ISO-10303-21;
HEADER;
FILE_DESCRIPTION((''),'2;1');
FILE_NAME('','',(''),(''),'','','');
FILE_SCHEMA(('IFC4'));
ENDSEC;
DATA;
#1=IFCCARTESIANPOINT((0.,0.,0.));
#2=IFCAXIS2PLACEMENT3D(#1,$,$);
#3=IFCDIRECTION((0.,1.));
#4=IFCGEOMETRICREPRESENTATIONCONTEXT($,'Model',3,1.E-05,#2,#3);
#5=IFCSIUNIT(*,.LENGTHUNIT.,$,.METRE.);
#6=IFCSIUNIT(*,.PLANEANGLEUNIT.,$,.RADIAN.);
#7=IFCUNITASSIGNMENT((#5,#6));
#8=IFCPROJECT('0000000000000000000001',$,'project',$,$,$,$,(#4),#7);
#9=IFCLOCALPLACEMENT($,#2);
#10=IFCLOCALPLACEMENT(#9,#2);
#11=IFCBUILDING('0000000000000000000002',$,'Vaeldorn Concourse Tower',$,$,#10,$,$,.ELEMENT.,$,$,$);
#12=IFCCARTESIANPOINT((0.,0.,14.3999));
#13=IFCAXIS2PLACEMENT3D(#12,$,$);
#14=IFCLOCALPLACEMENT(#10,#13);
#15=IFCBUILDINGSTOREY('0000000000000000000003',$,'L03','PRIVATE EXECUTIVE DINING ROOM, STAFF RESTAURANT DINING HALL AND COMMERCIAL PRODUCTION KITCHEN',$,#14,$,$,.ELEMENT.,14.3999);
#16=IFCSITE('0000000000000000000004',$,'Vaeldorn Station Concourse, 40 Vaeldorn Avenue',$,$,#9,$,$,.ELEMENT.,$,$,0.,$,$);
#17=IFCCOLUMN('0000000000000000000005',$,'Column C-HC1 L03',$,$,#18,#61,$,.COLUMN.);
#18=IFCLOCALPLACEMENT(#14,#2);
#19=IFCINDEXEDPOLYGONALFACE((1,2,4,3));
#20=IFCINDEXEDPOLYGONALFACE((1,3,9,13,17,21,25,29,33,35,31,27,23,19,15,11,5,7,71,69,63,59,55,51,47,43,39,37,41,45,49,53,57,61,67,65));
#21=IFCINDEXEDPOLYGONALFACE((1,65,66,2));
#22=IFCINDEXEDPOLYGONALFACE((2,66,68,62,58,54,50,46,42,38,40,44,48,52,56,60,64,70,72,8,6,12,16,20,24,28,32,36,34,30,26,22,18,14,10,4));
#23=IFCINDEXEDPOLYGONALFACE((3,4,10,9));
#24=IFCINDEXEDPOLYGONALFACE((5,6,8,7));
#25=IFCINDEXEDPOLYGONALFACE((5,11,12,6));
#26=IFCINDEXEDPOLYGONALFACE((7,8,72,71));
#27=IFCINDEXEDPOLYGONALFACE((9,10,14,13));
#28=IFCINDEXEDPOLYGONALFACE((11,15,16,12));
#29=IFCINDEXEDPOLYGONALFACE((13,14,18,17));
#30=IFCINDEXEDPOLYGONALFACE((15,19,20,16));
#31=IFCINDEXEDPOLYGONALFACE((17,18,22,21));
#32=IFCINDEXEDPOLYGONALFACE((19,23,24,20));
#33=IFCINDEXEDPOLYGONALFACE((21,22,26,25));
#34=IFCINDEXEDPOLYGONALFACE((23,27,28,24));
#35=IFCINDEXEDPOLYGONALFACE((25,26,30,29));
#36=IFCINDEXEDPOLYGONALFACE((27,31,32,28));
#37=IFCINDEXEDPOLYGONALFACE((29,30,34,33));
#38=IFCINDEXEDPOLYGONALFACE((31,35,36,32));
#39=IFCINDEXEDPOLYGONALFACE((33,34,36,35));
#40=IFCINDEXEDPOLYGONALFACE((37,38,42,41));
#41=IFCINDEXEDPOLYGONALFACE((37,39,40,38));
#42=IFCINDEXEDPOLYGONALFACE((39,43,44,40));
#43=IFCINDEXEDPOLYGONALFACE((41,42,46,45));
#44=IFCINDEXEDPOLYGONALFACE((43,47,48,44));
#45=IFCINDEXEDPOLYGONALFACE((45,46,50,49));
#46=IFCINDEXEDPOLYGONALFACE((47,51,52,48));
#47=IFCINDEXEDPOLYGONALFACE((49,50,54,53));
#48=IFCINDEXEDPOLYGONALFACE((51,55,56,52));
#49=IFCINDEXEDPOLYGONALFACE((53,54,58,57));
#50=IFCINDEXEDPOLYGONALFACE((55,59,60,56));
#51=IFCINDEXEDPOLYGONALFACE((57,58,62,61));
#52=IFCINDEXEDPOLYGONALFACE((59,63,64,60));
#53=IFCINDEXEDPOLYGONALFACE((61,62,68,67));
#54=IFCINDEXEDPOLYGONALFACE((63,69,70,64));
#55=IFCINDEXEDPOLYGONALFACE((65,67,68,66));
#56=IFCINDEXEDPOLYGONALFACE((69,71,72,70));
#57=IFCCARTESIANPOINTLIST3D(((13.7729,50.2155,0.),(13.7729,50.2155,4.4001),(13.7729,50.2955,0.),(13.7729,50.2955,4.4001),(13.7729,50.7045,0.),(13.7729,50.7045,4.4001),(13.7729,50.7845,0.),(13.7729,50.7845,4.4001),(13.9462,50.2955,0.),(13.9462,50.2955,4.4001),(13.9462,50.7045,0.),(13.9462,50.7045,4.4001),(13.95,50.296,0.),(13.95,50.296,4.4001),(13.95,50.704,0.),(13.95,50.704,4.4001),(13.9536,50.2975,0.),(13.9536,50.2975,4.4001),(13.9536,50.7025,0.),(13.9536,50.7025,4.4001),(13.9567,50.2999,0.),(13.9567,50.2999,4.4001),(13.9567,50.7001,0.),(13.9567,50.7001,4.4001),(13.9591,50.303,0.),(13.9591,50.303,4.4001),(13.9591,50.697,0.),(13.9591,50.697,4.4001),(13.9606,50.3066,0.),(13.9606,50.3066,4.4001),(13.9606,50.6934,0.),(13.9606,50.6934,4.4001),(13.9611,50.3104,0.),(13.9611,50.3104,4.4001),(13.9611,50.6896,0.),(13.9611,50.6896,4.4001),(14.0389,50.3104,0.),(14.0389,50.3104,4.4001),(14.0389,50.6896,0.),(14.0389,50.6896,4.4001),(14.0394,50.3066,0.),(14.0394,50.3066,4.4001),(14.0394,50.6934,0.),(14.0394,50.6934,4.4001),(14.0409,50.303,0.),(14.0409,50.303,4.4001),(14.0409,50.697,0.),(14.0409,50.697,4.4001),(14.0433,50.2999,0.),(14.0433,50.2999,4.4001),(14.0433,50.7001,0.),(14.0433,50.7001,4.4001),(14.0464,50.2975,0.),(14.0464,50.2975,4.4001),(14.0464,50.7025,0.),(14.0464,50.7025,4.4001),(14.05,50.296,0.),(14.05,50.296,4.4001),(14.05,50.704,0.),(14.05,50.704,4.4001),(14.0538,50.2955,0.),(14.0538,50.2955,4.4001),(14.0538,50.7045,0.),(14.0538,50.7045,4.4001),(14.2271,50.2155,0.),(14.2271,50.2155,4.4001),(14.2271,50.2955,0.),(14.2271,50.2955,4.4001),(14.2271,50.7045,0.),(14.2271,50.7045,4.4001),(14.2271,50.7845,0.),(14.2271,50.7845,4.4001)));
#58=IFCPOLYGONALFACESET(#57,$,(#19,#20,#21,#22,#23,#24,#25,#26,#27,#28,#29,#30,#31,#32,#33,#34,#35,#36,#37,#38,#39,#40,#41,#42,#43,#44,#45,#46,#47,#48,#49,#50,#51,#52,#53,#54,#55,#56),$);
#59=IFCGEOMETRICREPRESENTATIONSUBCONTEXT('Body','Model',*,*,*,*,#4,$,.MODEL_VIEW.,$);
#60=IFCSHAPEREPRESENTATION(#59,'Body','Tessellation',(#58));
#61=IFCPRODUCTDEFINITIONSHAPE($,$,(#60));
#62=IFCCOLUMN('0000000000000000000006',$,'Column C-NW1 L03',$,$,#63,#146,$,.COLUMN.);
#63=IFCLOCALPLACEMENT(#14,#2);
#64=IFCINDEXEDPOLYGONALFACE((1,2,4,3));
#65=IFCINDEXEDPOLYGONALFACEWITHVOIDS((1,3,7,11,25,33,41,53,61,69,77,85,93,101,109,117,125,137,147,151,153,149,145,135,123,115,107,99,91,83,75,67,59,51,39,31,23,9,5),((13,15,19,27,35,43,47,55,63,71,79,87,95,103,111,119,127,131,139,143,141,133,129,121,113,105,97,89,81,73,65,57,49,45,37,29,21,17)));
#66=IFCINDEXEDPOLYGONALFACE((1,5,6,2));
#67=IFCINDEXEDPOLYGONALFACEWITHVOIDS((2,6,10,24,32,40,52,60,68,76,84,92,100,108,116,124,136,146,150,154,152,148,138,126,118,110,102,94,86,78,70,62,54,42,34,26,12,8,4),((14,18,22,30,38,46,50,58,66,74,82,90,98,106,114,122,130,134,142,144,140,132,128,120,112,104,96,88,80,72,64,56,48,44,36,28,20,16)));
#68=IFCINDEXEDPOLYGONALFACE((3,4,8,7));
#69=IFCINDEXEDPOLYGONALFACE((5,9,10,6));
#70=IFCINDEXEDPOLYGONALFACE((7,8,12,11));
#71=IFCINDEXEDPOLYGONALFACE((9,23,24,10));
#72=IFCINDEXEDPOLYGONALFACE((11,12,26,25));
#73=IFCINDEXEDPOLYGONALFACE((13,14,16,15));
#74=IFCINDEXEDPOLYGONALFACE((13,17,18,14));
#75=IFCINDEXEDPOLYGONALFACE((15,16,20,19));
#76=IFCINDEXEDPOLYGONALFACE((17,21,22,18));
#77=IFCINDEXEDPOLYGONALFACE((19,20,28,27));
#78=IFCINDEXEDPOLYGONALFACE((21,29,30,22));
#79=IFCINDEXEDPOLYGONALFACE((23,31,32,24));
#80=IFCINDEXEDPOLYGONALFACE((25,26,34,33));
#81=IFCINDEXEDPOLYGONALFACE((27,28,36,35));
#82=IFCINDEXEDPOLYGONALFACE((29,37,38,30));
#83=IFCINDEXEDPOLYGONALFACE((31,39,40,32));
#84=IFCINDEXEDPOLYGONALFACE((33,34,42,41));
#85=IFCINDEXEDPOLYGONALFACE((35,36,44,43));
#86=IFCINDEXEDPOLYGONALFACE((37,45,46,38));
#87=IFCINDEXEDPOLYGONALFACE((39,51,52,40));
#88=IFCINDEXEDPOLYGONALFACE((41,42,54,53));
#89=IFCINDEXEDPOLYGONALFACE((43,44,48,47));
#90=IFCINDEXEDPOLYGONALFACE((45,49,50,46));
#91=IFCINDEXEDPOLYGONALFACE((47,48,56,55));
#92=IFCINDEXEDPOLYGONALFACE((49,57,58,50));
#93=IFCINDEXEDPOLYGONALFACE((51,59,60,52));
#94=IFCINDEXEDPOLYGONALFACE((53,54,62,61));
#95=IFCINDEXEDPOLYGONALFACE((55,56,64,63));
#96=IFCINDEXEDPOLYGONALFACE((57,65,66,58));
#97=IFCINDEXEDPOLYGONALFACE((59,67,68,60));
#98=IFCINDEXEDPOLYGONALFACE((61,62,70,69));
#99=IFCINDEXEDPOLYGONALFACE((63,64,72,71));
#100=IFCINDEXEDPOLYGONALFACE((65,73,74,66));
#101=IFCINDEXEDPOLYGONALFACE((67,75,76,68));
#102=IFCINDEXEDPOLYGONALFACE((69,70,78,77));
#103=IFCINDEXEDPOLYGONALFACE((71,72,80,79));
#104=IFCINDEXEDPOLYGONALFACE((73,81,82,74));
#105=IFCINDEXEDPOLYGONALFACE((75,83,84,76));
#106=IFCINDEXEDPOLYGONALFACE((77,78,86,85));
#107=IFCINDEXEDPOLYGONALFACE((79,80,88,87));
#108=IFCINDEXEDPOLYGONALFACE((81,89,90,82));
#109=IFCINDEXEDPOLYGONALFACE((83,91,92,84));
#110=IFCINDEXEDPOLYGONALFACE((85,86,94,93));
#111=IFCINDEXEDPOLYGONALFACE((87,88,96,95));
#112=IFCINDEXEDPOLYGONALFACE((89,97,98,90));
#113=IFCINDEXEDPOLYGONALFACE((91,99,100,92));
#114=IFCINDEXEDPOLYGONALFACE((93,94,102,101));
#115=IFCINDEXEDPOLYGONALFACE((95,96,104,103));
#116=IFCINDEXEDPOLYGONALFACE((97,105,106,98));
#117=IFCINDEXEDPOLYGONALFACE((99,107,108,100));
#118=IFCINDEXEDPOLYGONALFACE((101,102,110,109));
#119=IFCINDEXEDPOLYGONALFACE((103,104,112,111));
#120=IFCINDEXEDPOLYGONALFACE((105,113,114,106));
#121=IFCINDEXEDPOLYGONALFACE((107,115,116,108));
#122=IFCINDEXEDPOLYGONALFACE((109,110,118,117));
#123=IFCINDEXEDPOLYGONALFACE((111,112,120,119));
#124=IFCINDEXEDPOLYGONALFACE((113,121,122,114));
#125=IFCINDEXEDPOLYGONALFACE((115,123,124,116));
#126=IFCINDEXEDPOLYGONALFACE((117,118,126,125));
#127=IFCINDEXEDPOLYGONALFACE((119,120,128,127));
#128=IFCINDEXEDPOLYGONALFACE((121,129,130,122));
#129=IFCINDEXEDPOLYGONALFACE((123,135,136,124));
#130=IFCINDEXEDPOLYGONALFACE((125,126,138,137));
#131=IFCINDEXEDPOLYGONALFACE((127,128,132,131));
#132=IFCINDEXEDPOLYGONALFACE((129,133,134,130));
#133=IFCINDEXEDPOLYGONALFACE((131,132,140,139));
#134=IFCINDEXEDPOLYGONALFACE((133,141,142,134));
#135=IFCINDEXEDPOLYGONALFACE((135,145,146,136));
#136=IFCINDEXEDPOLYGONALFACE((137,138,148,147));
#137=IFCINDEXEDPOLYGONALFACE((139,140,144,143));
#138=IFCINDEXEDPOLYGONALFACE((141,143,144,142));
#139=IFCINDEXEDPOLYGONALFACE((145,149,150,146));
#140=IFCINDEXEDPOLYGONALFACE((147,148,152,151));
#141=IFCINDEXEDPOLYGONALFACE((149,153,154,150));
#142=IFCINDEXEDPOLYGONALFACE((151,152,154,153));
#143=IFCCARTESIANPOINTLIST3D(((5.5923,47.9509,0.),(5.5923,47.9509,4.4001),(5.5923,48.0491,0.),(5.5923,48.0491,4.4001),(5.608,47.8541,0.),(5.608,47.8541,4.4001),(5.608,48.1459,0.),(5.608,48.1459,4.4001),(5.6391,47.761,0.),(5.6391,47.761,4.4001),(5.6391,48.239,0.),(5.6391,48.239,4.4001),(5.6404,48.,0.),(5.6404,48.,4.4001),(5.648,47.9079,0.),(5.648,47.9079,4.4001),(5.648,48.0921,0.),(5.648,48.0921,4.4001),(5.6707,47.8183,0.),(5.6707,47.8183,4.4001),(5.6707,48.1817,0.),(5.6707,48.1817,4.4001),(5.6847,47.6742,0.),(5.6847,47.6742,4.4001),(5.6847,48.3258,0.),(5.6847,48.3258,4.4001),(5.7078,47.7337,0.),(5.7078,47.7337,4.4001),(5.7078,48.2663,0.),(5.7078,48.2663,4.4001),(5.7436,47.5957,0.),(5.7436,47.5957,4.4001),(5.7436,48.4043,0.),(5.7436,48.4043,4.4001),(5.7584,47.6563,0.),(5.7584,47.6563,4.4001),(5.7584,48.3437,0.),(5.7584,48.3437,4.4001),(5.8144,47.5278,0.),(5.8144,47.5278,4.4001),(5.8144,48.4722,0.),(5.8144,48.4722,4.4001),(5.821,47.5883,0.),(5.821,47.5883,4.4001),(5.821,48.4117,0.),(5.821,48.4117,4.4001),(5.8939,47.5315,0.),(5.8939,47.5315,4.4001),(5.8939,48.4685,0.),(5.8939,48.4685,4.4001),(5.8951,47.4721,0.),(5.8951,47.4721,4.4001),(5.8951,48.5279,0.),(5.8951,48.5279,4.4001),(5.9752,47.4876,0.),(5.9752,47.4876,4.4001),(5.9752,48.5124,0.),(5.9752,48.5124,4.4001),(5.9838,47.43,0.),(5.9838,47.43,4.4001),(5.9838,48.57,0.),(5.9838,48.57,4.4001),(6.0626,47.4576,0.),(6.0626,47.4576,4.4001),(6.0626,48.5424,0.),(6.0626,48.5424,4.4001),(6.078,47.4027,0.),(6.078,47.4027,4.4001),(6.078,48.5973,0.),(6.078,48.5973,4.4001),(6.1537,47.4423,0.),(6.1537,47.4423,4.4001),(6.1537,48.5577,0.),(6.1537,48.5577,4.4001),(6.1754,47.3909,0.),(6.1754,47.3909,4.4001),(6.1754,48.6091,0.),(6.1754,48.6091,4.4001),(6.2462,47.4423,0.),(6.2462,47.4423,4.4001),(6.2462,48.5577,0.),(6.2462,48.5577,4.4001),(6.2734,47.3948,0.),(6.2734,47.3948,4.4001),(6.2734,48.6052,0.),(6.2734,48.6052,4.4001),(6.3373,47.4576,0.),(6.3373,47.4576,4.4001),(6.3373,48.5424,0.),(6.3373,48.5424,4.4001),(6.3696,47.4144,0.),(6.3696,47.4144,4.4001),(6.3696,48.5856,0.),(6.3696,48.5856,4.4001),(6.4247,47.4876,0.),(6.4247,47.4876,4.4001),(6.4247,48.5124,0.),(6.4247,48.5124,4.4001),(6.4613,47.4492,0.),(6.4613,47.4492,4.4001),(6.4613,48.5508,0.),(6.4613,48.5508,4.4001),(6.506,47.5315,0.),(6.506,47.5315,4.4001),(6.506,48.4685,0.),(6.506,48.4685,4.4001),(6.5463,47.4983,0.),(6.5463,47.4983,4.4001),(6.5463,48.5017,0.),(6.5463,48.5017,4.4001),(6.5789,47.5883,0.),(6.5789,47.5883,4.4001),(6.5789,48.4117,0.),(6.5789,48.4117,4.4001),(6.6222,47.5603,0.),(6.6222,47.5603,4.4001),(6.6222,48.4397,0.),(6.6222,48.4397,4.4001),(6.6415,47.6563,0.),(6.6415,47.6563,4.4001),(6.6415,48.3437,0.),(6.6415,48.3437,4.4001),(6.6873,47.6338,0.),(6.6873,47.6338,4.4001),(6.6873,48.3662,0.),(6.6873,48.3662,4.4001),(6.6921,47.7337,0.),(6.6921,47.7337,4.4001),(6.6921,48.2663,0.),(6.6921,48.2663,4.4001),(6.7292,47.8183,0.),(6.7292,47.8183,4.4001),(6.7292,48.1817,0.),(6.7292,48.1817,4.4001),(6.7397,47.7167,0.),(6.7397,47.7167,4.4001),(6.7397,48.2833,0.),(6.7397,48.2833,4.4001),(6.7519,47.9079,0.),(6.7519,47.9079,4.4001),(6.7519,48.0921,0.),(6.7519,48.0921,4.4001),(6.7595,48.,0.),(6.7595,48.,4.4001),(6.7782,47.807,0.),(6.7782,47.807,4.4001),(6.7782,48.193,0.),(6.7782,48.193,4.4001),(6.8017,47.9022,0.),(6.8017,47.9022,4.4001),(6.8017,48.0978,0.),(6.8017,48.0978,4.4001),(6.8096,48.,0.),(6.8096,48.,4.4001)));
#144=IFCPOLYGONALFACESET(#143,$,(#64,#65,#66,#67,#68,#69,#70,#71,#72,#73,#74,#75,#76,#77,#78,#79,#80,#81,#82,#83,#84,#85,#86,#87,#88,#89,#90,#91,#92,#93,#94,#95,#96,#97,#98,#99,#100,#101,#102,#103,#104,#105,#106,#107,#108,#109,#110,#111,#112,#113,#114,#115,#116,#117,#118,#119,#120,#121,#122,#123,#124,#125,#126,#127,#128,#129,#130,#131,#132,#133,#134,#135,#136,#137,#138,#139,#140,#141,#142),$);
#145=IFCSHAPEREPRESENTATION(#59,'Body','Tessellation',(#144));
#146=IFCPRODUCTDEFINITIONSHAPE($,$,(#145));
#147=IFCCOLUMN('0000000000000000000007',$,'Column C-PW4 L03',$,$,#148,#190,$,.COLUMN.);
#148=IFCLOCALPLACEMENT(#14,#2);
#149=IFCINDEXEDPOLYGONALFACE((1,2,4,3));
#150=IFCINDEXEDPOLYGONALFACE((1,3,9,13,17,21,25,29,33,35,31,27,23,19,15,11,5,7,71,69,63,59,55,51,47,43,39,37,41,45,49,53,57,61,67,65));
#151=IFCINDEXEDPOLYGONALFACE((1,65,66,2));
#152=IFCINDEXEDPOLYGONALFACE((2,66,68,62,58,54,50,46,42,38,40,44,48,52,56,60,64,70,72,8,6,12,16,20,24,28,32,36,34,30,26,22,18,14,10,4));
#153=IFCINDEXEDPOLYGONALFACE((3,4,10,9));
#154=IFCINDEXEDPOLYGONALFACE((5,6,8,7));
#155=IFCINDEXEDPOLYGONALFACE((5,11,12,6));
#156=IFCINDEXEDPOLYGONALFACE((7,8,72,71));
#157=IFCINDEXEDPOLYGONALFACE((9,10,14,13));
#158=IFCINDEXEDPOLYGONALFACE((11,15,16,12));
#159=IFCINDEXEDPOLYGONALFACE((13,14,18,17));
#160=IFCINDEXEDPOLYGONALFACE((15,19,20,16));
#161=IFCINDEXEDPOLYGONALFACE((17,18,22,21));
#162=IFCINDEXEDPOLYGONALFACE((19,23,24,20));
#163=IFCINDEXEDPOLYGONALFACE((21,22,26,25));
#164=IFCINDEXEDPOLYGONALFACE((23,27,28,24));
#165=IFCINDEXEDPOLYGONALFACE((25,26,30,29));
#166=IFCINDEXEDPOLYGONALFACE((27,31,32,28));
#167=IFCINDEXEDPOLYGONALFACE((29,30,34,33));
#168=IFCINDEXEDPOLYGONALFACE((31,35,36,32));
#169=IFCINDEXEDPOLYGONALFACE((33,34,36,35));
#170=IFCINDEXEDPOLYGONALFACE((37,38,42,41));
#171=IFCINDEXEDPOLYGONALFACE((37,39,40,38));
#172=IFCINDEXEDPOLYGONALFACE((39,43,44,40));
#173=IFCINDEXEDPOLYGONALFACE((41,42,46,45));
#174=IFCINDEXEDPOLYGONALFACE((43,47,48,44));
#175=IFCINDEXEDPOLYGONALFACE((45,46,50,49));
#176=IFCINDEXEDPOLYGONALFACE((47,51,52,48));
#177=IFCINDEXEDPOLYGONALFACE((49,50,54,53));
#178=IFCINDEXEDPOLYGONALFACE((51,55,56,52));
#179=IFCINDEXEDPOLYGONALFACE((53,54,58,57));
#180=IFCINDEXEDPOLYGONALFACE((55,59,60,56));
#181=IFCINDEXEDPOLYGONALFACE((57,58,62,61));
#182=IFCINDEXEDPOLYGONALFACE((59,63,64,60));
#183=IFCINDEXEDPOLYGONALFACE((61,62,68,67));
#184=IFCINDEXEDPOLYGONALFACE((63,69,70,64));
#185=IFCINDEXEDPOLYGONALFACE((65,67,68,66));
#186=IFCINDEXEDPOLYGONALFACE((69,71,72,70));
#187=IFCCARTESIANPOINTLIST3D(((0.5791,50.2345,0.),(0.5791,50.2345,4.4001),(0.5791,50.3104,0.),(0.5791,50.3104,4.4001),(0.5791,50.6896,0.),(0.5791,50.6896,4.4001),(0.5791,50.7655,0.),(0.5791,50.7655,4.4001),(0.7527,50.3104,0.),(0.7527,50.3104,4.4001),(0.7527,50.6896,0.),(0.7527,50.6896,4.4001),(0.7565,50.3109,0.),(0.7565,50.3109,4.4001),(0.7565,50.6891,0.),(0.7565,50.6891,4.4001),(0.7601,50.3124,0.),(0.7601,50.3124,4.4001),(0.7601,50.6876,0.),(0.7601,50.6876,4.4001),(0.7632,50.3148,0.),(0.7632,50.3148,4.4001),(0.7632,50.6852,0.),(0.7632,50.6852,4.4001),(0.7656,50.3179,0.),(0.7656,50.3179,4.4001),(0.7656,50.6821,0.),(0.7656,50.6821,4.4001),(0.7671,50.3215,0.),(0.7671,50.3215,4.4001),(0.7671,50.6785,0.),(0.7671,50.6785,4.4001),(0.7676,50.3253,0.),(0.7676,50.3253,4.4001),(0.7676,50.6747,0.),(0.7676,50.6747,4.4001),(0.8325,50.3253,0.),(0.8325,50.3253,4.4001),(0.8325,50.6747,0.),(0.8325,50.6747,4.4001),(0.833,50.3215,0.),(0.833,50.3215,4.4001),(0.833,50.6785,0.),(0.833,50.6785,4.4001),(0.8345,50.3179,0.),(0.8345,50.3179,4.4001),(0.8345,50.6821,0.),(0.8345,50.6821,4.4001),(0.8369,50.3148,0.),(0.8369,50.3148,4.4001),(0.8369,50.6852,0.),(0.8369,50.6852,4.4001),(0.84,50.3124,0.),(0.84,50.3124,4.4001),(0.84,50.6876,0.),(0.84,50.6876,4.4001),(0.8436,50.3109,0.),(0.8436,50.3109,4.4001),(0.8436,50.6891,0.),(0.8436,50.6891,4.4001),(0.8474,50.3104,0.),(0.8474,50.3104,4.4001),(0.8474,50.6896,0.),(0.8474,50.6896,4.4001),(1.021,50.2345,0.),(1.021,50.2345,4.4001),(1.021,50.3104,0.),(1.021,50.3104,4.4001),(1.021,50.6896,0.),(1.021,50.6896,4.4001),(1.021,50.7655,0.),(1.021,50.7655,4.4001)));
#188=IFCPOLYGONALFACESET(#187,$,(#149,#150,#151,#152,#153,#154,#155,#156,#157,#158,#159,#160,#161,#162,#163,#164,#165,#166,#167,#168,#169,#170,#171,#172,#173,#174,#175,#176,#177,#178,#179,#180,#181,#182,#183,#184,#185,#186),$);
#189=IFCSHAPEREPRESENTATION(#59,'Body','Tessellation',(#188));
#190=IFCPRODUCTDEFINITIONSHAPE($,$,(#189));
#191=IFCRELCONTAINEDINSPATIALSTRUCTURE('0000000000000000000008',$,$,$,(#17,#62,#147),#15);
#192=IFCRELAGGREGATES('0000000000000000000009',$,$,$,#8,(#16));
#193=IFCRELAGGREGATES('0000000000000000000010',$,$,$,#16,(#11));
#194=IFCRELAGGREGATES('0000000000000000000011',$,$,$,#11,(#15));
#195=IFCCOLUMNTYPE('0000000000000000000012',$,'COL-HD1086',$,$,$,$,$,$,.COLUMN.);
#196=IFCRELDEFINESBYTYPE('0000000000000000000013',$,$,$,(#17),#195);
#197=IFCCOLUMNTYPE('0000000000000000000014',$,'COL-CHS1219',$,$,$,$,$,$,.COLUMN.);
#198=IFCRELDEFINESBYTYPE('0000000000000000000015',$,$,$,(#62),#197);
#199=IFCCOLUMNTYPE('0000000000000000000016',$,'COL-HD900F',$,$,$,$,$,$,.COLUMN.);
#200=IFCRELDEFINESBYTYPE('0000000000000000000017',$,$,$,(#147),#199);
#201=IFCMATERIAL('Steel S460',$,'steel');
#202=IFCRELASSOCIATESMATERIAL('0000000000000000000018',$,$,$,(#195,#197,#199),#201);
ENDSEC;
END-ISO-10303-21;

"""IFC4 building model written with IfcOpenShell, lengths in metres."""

from ifc_helpers import new_model, si_unit, direction, frame, origin, origin_2d, place, context, subcontext, project, spatial, hollow_circle, i_section, extrude, source, transform, mapped, material, material_profile, profile_set, type_object, element, save


model = new_model("IFC4")

# Units and contexts
model_context = context("Model", 3, precision=1e-05, world=origin(), true_north=direction((0.0, 1.0)))
body_context = subcontext(model_context, "Body", "Model", "MODEL_VIEW")
ifc_project = project(units=[si_unit("LENGTHUNIT", "METRE"), si_unit("PLANEANGLEUNIT", "RADIAN")], contexts=[model_context])

# Site, building, storey
site_placement = place(None, origin())
site = spatial("IfcSite", under=ifc_project, at=site_placement, Name="Vaeldorn Station Concourse, 40 Vaeldorn Avenue", CompositionType="ELEMENT", RefElevation=0.0)
building_placement = place(site_placement, origin())
building = spatial("IfcBuilding", under=site, at=building_placement, Name="Vaeldorn Concourse Tower", CompositionType="ELEMENT")
storey_placement = place(building_placement, frame((0.0, 0.0, 14.3999)))
storey = spatial("IfcBuildingStorey", under=building, at=storey_placement, Name="L03", Description="PRIVATE EXECUTIVE DINING ROOM, STAFF RESTAURANT DINING HALL AND COMMERCIAL PRODUCTION KITCHEN", CompositionType="ELEMENT", Elevation=14.3999)

# Columns
ifc_material_1 = material(Name="Steel S460", Category="steel")
ifc_material_profile_1 = material_profile(ifc_material_1, i_section(OverallWidth=0.4541, OverallDepth=0.5691, WebThickness=0.0779, FlangeThickness=0.0801, FilletRadius=0.0149, at=origin_2d()), Name="HD 400x1086")
ifc_profile_set_1 = profile_set([ifc_material_profile_1], Name="Steel S460")
column_type_1 = type_object("IfcColumnType", Name="COL-HD1086", PredefinedType="COLUMN", material=ifc_profile_set_1)
shared_shape_1 = source(origin(), body_context, "Body", "SweptSolid", [
    extrude(i_section(OverallWidth=0.4541, OverallDepth=0.5691, WebThickness=0.0779, FlangeThickness=0.0801, FilletRadius=0.0149, at=origin_2d()), origin(), (0.0, 0.0, 1.0), 4.4001),
])
column_1_placement = place(storey_placement, frame((14.0, 50.5, 0.0), z_axis=(0.0, 0.0, 1.0), x_axis=(1.0, 0.0, 0.0)))
element("IfcColumn", 1, at=column_1_placement, inside=storey, type_object=column_type_1, Name="Column C-HC1 L03", PredefinedType="COLUMN", context=body_context, shape_type="MappedRepresentation", body=[
    mapped(shared_shape_1, transform((0.0, 0.0, 0.0), scale=1.0)),
])
ifc_material_profile_2 = material_profile(ifc_material_1, hollow_circle(Radius=0.6096, WallThickness=0.05, at=origin_2d()), Name="CHS 1219x50")
ifc_profile_set_2 = profile_set([ifc_material_profile_2], Name="Steel S460")
column_type_2 = type_object("IfcColumnType", Name="COL-CHS1219", PredefinedType="COLUMN", material=ifc_profile_set_2)
shared_shape_2 = source(origin(), body_context, "Body", "SweptSolid", [
    extrude(hollow_circle(Radius=0.6096, WallThickness=0.05, at=origin_2d()), origin(), (0.0, 0.0, 1.0), 4.4001),
])
column_2_placement = place(storey_placement, frame((6.2, 48.0, 0.0), z_axis=(0.0, 0.0, 1.0), x_axis=(1.0, 0.0, 0.0)))
element("IfcColumn", 2, at=column_2_placement, inside=storey, type_object=column_type_2, Name="Column C-NW1 L03", PredefinedType="COLUMN", context=body_context, shape_type="MappedRepresentation", body=[
    mapped(shared_shape_2, transform((0.0, 0.0, 0.0), scale=1.0)),
])
ifc_material_profile_3 = material_profile(ifc_material_1, i_section(OverallWidth=0.4419, OverallDepth=0.531, WebThickness=0.0649, FlangeThickness=0.0759, FilletRadius=0.0149, at=origin_2d()), Name="HD 400x900")
ifc_profile_set_3 = profile_set([ifc_material_profile_3], Name="Steel S460")
column_type_3 = type_object("IfcColumnType", Name="COL-HD900F", PredefinedType="COLUMN", material=ifc_profile_set_3)
shared_shape_3 = source(origin(), body_context, "Body", "SweptSolid", [
    extrude(i_section(OverallWidth=0.4419, OverallDepth=0.531, WebThickness=0.0649, FlangeThickness=0.0759, FilletRadius=0.0149, at=origin_2d()), origin(), (0.0, 0.0, 1.0), 4.4001),
])
column_3_placement = place(storey_placement, frame((0.8, 50.5, 0.0), z_axis=(0.0, 0.0, 1.0), x_axis=(1.0, 0.0, 0.0)))
element("IfcColumn", 3, at=column_3_placement, inside=storey, type_object=column_type_3, Name="Column C-PW4 L03", PredefinedType="COLUMN", context=body_context, shape_type="MappedRepresentation", body=[
    mapped(shared_shape_3, transform((0.0, 0.0, 0.0), scale=1.0)),
])

save(model, "model.ifc")
